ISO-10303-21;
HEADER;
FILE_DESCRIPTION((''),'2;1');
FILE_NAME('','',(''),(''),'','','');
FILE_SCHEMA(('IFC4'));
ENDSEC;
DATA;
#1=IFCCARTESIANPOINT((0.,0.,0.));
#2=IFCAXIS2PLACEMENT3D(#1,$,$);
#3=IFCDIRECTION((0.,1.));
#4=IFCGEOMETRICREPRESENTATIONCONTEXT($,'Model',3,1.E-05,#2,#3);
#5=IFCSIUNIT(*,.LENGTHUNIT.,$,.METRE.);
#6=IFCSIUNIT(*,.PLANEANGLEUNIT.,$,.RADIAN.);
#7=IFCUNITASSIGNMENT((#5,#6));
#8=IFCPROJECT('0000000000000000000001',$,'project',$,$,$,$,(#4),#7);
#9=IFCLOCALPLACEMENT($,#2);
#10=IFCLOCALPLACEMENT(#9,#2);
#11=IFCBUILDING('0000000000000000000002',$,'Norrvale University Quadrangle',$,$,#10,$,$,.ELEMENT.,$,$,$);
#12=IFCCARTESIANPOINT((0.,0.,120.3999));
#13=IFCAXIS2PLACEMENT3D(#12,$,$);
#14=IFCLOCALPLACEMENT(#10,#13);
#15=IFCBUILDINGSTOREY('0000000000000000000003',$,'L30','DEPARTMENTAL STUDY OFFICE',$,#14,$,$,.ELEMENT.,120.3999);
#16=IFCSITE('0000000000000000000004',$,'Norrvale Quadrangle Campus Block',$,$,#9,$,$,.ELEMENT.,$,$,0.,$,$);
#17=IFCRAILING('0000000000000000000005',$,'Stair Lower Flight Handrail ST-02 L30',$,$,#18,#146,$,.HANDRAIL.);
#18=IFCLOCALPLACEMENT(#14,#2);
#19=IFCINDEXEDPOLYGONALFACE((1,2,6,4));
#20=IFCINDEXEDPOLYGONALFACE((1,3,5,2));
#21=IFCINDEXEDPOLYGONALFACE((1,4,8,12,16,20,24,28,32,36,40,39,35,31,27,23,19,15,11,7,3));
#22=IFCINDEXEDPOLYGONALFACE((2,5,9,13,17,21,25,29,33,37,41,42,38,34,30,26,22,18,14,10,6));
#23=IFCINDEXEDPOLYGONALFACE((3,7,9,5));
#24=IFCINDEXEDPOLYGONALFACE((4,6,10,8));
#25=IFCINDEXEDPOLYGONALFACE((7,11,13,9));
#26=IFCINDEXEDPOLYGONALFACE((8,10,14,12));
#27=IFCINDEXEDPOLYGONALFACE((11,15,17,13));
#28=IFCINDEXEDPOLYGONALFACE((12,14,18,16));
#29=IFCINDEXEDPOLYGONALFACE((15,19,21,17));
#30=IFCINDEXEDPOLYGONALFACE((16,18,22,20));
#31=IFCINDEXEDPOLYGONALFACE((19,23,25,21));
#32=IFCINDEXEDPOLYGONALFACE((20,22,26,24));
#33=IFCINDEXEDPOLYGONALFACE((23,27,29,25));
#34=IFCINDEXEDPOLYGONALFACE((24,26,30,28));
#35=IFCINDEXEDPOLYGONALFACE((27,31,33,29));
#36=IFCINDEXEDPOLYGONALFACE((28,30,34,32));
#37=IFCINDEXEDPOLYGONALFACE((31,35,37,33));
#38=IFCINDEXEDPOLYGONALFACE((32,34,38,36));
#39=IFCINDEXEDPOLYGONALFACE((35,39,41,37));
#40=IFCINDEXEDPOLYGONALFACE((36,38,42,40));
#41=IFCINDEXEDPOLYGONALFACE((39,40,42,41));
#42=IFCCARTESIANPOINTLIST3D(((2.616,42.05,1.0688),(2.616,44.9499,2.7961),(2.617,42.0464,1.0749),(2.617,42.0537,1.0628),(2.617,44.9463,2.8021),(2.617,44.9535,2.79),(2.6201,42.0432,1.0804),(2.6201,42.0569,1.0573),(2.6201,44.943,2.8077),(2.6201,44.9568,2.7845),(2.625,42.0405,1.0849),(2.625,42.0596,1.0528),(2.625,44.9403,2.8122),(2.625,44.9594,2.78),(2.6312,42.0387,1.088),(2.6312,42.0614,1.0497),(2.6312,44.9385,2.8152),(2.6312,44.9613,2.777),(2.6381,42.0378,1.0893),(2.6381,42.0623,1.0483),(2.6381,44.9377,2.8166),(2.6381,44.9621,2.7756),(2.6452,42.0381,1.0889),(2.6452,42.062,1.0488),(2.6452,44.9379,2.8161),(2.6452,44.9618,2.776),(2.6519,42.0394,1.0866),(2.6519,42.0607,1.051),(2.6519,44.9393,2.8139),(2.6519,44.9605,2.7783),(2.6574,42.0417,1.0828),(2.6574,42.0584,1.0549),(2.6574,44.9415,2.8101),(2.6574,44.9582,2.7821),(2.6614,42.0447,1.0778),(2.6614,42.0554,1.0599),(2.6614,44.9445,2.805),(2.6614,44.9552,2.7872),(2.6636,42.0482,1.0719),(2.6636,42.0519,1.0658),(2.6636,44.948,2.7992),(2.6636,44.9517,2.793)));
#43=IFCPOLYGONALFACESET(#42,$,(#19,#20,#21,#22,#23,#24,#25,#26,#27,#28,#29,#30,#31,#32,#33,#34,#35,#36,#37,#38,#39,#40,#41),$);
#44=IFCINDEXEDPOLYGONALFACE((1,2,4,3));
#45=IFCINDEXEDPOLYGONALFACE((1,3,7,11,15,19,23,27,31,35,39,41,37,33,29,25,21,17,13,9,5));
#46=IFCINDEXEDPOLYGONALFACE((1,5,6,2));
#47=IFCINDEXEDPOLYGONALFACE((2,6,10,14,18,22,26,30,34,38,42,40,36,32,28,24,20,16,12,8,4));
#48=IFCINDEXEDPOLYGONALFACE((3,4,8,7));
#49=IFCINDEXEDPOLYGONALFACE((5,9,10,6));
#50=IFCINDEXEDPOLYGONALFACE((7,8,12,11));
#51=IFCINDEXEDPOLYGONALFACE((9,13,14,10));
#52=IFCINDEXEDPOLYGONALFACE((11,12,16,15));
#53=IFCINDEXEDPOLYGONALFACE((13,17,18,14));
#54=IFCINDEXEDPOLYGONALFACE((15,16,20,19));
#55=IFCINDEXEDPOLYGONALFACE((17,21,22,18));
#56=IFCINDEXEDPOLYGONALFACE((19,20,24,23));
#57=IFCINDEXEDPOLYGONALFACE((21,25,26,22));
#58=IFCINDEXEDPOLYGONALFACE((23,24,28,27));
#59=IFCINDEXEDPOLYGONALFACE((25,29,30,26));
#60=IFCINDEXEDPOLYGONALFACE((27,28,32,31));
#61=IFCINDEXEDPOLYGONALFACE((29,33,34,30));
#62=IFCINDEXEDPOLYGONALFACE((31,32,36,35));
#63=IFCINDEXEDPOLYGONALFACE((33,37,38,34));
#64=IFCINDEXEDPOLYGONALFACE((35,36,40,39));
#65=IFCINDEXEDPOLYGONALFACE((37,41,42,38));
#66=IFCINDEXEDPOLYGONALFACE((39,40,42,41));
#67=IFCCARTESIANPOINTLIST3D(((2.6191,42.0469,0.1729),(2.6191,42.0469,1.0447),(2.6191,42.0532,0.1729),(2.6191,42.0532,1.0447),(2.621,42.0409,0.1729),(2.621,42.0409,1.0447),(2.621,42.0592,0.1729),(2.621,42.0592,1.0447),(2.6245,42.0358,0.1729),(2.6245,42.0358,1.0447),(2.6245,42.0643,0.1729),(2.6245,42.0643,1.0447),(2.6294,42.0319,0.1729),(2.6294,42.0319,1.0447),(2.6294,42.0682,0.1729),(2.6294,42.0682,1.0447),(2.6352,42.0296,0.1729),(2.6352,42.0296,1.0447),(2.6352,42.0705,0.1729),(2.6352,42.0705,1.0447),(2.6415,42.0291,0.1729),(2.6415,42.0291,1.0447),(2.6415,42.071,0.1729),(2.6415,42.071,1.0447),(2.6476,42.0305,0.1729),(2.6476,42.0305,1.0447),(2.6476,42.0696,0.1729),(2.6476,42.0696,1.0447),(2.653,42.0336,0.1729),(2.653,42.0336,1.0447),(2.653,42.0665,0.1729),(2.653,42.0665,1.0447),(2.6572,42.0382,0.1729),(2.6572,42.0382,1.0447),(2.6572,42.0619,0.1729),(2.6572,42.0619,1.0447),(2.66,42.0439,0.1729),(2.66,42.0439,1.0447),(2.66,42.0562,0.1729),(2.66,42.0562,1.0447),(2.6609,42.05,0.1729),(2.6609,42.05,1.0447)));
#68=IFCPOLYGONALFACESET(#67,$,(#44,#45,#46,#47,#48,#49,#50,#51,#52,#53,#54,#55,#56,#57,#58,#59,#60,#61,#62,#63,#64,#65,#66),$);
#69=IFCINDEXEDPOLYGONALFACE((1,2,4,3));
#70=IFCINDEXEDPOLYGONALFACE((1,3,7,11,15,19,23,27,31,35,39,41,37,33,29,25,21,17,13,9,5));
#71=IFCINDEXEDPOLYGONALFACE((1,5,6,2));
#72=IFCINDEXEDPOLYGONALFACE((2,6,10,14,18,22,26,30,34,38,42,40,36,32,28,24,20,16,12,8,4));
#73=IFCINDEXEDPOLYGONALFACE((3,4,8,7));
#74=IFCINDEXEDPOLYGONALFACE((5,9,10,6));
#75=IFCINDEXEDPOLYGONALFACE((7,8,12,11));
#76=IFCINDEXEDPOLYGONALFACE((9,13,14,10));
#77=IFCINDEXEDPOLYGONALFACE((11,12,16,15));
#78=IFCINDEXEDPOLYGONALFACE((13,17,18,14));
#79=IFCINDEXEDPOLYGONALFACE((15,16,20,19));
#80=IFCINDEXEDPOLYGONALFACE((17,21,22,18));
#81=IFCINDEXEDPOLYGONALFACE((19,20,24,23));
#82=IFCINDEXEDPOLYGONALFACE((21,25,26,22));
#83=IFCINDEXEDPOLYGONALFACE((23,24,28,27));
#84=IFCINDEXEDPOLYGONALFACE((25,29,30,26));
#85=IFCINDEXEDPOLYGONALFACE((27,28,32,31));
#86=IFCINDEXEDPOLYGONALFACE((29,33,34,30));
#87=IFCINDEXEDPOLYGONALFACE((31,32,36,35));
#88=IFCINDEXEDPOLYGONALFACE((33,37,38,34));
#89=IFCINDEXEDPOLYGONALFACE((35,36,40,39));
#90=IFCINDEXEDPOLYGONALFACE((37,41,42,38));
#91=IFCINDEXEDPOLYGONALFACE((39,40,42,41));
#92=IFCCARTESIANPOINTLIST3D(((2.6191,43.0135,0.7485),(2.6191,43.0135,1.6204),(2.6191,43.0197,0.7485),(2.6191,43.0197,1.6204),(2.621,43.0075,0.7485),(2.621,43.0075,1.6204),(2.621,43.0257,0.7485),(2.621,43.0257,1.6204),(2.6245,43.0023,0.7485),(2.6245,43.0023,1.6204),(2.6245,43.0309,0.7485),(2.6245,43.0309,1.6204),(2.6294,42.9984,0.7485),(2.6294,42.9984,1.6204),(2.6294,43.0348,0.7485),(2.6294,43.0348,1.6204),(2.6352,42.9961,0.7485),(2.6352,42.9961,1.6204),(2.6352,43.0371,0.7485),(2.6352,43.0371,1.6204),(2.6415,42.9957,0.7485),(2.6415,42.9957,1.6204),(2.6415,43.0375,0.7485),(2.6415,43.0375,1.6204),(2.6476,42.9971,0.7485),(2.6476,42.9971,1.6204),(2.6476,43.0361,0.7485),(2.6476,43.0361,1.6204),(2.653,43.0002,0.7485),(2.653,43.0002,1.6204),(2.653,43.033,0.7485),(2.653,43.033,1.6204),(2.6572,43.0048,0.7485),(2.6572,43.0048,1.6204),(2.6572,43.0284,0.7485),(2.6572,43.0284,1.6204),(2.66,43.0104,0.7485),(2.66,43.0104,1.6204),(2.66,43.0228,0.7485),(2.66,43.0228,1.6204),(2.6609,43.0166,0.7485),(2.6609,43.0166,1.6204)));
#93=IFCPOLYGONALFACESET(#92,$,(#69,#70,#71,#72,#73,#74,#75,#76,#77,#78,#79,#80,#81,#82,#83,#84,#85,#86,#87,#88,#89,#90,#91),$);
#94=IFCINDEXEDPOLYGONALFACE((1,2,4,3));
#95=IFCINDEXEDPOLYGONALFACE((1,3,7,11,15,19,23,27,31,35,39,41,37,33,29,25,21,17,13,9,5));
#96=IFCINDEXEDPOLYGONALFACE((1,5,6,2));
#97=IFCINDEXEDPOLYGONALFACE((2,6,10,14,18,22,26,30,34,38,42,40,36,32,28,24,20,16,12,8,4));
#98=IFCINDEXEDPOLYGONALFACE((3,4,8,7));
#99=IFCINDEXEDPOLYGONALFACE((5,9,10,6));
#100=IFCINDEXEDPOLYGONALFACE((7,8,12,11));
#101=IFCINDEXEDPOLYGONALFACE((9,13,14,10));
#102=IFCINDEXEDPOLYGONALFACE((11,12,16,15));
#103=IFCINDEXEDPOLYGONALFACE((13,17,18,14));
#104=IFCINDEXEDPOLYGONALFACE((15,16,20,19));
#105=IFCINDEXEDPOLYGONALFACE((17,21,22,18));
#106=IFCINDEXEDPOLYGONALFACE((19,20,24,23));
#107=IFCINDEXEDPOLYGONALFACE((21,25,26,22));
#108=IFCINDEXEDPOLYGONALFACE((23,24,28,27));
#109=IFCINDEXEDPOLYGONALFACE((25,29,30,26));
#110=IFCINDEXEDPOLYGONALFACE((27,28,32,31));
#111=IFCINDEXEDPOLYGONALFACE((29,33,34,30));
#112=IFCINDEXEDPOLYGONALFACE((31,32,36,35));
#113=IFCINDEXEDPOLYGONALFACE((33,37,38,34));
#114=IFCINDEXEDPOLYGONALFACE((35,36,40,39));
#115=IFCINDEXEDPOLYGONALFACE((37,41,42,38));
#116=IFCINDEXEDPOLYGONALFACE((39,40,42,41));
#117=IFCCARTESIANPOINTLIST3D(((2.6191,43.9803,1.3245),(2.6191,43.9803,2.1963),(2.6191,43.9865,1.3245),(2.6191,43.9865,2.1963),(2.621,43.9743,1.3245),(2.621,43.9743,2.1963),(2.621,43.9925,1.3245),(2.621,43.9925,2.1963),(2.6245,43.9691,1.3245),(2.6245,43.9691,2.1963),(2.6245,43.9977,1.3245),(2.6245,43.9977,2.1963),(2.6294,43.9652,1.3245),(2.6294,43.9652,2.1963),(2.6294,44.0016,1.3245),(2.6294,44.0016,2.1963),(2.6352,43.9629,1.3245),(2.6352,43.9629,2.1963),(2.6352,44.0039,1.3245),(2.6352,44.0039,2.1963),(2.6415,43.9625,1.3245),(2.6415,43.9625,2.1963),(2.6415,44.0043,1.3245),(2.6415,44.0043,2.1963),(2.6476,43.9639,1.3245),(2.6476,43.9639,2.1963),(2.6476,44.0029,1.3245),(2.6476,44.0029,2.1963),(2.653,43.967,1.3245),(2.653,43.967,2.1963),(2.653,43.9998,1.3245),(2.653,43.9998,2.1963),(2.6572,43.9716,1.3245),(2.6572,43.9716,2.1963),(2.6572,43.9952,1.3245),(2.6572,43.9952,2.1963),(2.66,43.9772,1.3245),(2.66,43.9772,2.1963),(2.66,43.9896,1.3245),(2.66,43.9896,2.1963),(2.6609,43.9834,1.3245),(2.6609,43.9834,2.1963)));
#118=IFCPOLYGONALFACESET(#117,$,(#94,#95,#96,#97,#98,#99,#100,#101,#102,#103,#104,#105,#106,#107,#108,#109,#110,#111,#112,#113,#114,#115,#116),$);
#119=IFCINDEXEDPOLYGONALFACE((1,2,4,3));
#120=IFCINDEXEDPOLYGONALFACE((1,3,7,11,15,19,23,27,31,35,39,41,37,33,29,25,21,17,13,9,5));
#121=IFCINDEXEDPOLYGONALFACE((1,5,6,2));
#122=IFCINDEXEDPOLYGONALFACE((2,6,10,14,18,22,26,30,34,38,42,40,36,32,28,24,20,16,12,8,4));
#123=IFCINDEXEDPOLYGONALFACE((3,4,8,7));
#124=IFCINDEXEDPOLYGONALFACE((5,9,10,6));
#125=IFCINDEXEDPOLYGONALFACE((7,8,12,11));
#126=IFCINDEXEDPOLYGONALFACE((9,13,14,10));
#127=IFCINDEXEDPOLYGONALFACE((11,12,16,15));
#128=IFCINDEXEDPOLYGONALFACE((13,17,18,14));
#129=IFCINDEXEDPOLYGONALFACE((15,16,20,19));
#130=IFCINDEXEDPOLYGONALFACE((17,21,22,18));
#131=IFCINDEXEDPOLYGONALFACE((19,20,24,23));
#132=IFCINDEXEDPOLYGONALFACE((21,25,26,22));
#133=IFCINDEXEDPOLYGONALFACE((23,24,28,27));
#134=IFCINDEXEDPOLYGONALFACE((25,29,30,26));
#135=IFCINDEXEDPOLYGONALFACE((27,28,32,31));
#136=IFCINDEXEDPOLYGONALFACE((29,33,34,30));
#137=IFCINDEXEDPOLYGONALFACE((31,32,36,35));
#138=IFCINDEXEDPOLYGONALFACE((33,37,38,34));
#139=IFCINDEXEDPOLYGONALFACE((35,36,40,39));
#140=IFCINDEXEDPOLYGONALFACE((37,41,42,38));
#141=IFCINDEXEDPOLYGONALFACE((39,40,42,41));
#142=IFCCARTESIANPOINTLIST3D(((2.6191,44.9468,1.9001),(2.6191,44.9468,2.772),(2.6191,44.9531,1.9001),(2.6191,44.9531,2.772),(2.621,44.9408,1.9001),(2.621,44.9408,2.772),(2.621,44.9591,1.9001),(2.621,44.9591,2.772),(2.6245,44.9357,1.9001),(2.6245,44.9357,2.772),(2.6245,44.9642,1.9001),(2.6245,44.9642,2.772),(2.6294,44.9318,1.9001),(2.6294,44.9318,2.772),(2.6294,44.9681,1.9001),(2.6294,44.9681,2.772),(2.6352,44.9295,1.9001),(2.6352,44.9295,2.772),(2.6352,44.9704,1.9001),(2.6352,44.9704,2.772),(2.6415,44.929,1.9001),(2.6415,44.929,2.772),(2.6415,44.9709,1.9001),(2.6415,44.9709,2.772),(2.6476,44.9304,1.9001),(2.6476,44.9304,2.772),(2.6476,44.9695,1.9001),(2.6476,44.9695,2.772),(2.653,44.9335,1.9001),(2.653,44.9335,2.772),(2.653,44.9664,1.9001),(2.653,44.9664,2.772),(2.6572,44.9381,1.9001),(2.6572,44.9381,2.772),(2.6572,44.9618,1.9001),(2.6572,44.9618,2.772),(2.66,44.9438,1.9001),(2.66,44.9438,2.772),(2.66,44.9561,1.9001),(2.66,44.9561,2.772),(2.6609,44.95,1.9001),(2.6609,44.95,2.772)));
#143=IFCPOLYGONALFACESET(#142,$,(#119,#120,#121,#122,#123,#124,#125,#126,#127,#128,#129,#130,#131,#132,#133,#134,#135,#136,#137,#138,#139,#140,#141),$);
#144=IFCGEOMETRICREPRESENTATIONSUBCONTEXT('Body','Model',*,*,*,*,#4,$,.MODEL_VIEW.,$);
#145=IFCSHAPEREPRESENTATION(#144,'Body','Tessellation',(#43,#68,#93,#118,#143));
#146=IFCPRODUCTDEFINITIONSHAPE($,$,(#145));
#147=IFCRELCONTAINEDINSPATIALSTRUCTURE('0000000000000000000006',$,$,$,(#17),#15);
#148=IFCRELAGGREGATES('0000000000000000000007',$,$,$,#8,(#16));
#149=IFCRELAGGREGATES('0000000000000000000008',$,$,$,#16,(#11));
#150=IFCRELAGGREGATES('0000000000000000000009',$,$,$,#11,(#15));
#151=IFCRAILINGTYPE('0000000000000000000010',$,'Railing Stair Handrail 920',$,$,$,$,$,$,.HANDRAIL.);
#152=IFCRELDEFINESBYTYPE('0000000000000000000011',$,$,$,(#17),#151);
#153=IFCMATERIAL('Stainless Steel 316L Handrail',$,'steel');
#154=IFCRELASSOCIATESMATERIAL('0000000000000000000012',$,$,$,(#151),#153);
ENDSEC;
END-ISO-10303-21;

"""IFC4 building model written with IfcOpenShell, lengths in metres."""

from ifc_helpers import new_model, si_unit, direction, frame, origin, origin_2d, place, context, subcontext, project, spatial, circle, extrude, material, type_object, element, save


model = new_model("IFC4")

# Units and contexts
model_context = context("Model", 3, precision=1e-05, world=origin(), true_north=direction((0.0, 1.0)))
body_context = subcontext(model_context, "Body", "Model", "MODEL_VIEW")
ifc_project = project(units=[si_unit("LENGTHUNIT", "METRE"), si_unit("PLANEANGLEUNIT", "RADIAN")], contexts=[model_context])

# Site, building, storey
site_placement = place(None, origin())
site = spatial("IfcSite", under=ifc_project, at=site_placement, Name="Norrvale Quadrangle Campus Block", CompositionType="ELEMENT", RefElevation=0.0)
building_placement = place(site_placement, origin())
building = spatial("IfcBuilding", under=site, at=building_placement, Name="Norrvale University Quadrangle", CompositionType="ELEMENT")
storey_placement = place(building_placement, frame((0.0, 0.0, 120.3999)))
storey = spatial("IfcBuildingStorey", under=building, at=storey_placement, Name="L30", Description="DEPARTMENTAL STUDY OFFICE", CompositionType="ELEMENT", Elevation=120.3999)

# Railing
ifc_material_1 = material(Name="Stainless Steel 316L Handrail", Category="steel")
railing_type_1 = type_object("IfcRailingType", Name="Railing Stair Handrail 920", PredefinedType="HANDRAIL", material=ifc_material_1)
railing_1_placement = place(storey_placement, frame((2.6399, 42.05, 0.1729)))
element("IfcRailing", 1, at=railing_1_placement, inside=storey, type_object=railing_type_1, Name="Stair Lower Flight Handrail ST-02 L30", PredefinedType="HANDRAIL", context=body_context, shape_type="SweptSolid", body=[
    extrude(circle(Radius=0.0239, at=origin_2d()), frame((0.0, 0.0, 0.896), z_axis=(0.0, 0.859141, 0.511738), x_axis=(-1.0, 0.0, 0.0)), (0.0, 0.0, 1.0), 3.3752),
    extrude(circle(Radius=0.021, at=origin_2d()), origin(), (0.0, 0.0, 1.0), 0.8718),
    extrude(circle(Radius=0.021, at=origin_2d()), frame((0.0, 0.9666, 0.5757)), (0.0, 0.0, 1.0), 0.8718),
    extrude(circle(Radius=0.021, at=origin_2d()), frame((0.0, 1.9333, 1.1516)), (0.0, 0.0, 1.0), 0.8718),
    extrude(circle(Radius=0.021, at=origin_2d()), frame((0.0, 2.8999, 1.7273)), (0.0, 0.0, 1.0), 0.8718),
])

save(model, "model.ifc")
